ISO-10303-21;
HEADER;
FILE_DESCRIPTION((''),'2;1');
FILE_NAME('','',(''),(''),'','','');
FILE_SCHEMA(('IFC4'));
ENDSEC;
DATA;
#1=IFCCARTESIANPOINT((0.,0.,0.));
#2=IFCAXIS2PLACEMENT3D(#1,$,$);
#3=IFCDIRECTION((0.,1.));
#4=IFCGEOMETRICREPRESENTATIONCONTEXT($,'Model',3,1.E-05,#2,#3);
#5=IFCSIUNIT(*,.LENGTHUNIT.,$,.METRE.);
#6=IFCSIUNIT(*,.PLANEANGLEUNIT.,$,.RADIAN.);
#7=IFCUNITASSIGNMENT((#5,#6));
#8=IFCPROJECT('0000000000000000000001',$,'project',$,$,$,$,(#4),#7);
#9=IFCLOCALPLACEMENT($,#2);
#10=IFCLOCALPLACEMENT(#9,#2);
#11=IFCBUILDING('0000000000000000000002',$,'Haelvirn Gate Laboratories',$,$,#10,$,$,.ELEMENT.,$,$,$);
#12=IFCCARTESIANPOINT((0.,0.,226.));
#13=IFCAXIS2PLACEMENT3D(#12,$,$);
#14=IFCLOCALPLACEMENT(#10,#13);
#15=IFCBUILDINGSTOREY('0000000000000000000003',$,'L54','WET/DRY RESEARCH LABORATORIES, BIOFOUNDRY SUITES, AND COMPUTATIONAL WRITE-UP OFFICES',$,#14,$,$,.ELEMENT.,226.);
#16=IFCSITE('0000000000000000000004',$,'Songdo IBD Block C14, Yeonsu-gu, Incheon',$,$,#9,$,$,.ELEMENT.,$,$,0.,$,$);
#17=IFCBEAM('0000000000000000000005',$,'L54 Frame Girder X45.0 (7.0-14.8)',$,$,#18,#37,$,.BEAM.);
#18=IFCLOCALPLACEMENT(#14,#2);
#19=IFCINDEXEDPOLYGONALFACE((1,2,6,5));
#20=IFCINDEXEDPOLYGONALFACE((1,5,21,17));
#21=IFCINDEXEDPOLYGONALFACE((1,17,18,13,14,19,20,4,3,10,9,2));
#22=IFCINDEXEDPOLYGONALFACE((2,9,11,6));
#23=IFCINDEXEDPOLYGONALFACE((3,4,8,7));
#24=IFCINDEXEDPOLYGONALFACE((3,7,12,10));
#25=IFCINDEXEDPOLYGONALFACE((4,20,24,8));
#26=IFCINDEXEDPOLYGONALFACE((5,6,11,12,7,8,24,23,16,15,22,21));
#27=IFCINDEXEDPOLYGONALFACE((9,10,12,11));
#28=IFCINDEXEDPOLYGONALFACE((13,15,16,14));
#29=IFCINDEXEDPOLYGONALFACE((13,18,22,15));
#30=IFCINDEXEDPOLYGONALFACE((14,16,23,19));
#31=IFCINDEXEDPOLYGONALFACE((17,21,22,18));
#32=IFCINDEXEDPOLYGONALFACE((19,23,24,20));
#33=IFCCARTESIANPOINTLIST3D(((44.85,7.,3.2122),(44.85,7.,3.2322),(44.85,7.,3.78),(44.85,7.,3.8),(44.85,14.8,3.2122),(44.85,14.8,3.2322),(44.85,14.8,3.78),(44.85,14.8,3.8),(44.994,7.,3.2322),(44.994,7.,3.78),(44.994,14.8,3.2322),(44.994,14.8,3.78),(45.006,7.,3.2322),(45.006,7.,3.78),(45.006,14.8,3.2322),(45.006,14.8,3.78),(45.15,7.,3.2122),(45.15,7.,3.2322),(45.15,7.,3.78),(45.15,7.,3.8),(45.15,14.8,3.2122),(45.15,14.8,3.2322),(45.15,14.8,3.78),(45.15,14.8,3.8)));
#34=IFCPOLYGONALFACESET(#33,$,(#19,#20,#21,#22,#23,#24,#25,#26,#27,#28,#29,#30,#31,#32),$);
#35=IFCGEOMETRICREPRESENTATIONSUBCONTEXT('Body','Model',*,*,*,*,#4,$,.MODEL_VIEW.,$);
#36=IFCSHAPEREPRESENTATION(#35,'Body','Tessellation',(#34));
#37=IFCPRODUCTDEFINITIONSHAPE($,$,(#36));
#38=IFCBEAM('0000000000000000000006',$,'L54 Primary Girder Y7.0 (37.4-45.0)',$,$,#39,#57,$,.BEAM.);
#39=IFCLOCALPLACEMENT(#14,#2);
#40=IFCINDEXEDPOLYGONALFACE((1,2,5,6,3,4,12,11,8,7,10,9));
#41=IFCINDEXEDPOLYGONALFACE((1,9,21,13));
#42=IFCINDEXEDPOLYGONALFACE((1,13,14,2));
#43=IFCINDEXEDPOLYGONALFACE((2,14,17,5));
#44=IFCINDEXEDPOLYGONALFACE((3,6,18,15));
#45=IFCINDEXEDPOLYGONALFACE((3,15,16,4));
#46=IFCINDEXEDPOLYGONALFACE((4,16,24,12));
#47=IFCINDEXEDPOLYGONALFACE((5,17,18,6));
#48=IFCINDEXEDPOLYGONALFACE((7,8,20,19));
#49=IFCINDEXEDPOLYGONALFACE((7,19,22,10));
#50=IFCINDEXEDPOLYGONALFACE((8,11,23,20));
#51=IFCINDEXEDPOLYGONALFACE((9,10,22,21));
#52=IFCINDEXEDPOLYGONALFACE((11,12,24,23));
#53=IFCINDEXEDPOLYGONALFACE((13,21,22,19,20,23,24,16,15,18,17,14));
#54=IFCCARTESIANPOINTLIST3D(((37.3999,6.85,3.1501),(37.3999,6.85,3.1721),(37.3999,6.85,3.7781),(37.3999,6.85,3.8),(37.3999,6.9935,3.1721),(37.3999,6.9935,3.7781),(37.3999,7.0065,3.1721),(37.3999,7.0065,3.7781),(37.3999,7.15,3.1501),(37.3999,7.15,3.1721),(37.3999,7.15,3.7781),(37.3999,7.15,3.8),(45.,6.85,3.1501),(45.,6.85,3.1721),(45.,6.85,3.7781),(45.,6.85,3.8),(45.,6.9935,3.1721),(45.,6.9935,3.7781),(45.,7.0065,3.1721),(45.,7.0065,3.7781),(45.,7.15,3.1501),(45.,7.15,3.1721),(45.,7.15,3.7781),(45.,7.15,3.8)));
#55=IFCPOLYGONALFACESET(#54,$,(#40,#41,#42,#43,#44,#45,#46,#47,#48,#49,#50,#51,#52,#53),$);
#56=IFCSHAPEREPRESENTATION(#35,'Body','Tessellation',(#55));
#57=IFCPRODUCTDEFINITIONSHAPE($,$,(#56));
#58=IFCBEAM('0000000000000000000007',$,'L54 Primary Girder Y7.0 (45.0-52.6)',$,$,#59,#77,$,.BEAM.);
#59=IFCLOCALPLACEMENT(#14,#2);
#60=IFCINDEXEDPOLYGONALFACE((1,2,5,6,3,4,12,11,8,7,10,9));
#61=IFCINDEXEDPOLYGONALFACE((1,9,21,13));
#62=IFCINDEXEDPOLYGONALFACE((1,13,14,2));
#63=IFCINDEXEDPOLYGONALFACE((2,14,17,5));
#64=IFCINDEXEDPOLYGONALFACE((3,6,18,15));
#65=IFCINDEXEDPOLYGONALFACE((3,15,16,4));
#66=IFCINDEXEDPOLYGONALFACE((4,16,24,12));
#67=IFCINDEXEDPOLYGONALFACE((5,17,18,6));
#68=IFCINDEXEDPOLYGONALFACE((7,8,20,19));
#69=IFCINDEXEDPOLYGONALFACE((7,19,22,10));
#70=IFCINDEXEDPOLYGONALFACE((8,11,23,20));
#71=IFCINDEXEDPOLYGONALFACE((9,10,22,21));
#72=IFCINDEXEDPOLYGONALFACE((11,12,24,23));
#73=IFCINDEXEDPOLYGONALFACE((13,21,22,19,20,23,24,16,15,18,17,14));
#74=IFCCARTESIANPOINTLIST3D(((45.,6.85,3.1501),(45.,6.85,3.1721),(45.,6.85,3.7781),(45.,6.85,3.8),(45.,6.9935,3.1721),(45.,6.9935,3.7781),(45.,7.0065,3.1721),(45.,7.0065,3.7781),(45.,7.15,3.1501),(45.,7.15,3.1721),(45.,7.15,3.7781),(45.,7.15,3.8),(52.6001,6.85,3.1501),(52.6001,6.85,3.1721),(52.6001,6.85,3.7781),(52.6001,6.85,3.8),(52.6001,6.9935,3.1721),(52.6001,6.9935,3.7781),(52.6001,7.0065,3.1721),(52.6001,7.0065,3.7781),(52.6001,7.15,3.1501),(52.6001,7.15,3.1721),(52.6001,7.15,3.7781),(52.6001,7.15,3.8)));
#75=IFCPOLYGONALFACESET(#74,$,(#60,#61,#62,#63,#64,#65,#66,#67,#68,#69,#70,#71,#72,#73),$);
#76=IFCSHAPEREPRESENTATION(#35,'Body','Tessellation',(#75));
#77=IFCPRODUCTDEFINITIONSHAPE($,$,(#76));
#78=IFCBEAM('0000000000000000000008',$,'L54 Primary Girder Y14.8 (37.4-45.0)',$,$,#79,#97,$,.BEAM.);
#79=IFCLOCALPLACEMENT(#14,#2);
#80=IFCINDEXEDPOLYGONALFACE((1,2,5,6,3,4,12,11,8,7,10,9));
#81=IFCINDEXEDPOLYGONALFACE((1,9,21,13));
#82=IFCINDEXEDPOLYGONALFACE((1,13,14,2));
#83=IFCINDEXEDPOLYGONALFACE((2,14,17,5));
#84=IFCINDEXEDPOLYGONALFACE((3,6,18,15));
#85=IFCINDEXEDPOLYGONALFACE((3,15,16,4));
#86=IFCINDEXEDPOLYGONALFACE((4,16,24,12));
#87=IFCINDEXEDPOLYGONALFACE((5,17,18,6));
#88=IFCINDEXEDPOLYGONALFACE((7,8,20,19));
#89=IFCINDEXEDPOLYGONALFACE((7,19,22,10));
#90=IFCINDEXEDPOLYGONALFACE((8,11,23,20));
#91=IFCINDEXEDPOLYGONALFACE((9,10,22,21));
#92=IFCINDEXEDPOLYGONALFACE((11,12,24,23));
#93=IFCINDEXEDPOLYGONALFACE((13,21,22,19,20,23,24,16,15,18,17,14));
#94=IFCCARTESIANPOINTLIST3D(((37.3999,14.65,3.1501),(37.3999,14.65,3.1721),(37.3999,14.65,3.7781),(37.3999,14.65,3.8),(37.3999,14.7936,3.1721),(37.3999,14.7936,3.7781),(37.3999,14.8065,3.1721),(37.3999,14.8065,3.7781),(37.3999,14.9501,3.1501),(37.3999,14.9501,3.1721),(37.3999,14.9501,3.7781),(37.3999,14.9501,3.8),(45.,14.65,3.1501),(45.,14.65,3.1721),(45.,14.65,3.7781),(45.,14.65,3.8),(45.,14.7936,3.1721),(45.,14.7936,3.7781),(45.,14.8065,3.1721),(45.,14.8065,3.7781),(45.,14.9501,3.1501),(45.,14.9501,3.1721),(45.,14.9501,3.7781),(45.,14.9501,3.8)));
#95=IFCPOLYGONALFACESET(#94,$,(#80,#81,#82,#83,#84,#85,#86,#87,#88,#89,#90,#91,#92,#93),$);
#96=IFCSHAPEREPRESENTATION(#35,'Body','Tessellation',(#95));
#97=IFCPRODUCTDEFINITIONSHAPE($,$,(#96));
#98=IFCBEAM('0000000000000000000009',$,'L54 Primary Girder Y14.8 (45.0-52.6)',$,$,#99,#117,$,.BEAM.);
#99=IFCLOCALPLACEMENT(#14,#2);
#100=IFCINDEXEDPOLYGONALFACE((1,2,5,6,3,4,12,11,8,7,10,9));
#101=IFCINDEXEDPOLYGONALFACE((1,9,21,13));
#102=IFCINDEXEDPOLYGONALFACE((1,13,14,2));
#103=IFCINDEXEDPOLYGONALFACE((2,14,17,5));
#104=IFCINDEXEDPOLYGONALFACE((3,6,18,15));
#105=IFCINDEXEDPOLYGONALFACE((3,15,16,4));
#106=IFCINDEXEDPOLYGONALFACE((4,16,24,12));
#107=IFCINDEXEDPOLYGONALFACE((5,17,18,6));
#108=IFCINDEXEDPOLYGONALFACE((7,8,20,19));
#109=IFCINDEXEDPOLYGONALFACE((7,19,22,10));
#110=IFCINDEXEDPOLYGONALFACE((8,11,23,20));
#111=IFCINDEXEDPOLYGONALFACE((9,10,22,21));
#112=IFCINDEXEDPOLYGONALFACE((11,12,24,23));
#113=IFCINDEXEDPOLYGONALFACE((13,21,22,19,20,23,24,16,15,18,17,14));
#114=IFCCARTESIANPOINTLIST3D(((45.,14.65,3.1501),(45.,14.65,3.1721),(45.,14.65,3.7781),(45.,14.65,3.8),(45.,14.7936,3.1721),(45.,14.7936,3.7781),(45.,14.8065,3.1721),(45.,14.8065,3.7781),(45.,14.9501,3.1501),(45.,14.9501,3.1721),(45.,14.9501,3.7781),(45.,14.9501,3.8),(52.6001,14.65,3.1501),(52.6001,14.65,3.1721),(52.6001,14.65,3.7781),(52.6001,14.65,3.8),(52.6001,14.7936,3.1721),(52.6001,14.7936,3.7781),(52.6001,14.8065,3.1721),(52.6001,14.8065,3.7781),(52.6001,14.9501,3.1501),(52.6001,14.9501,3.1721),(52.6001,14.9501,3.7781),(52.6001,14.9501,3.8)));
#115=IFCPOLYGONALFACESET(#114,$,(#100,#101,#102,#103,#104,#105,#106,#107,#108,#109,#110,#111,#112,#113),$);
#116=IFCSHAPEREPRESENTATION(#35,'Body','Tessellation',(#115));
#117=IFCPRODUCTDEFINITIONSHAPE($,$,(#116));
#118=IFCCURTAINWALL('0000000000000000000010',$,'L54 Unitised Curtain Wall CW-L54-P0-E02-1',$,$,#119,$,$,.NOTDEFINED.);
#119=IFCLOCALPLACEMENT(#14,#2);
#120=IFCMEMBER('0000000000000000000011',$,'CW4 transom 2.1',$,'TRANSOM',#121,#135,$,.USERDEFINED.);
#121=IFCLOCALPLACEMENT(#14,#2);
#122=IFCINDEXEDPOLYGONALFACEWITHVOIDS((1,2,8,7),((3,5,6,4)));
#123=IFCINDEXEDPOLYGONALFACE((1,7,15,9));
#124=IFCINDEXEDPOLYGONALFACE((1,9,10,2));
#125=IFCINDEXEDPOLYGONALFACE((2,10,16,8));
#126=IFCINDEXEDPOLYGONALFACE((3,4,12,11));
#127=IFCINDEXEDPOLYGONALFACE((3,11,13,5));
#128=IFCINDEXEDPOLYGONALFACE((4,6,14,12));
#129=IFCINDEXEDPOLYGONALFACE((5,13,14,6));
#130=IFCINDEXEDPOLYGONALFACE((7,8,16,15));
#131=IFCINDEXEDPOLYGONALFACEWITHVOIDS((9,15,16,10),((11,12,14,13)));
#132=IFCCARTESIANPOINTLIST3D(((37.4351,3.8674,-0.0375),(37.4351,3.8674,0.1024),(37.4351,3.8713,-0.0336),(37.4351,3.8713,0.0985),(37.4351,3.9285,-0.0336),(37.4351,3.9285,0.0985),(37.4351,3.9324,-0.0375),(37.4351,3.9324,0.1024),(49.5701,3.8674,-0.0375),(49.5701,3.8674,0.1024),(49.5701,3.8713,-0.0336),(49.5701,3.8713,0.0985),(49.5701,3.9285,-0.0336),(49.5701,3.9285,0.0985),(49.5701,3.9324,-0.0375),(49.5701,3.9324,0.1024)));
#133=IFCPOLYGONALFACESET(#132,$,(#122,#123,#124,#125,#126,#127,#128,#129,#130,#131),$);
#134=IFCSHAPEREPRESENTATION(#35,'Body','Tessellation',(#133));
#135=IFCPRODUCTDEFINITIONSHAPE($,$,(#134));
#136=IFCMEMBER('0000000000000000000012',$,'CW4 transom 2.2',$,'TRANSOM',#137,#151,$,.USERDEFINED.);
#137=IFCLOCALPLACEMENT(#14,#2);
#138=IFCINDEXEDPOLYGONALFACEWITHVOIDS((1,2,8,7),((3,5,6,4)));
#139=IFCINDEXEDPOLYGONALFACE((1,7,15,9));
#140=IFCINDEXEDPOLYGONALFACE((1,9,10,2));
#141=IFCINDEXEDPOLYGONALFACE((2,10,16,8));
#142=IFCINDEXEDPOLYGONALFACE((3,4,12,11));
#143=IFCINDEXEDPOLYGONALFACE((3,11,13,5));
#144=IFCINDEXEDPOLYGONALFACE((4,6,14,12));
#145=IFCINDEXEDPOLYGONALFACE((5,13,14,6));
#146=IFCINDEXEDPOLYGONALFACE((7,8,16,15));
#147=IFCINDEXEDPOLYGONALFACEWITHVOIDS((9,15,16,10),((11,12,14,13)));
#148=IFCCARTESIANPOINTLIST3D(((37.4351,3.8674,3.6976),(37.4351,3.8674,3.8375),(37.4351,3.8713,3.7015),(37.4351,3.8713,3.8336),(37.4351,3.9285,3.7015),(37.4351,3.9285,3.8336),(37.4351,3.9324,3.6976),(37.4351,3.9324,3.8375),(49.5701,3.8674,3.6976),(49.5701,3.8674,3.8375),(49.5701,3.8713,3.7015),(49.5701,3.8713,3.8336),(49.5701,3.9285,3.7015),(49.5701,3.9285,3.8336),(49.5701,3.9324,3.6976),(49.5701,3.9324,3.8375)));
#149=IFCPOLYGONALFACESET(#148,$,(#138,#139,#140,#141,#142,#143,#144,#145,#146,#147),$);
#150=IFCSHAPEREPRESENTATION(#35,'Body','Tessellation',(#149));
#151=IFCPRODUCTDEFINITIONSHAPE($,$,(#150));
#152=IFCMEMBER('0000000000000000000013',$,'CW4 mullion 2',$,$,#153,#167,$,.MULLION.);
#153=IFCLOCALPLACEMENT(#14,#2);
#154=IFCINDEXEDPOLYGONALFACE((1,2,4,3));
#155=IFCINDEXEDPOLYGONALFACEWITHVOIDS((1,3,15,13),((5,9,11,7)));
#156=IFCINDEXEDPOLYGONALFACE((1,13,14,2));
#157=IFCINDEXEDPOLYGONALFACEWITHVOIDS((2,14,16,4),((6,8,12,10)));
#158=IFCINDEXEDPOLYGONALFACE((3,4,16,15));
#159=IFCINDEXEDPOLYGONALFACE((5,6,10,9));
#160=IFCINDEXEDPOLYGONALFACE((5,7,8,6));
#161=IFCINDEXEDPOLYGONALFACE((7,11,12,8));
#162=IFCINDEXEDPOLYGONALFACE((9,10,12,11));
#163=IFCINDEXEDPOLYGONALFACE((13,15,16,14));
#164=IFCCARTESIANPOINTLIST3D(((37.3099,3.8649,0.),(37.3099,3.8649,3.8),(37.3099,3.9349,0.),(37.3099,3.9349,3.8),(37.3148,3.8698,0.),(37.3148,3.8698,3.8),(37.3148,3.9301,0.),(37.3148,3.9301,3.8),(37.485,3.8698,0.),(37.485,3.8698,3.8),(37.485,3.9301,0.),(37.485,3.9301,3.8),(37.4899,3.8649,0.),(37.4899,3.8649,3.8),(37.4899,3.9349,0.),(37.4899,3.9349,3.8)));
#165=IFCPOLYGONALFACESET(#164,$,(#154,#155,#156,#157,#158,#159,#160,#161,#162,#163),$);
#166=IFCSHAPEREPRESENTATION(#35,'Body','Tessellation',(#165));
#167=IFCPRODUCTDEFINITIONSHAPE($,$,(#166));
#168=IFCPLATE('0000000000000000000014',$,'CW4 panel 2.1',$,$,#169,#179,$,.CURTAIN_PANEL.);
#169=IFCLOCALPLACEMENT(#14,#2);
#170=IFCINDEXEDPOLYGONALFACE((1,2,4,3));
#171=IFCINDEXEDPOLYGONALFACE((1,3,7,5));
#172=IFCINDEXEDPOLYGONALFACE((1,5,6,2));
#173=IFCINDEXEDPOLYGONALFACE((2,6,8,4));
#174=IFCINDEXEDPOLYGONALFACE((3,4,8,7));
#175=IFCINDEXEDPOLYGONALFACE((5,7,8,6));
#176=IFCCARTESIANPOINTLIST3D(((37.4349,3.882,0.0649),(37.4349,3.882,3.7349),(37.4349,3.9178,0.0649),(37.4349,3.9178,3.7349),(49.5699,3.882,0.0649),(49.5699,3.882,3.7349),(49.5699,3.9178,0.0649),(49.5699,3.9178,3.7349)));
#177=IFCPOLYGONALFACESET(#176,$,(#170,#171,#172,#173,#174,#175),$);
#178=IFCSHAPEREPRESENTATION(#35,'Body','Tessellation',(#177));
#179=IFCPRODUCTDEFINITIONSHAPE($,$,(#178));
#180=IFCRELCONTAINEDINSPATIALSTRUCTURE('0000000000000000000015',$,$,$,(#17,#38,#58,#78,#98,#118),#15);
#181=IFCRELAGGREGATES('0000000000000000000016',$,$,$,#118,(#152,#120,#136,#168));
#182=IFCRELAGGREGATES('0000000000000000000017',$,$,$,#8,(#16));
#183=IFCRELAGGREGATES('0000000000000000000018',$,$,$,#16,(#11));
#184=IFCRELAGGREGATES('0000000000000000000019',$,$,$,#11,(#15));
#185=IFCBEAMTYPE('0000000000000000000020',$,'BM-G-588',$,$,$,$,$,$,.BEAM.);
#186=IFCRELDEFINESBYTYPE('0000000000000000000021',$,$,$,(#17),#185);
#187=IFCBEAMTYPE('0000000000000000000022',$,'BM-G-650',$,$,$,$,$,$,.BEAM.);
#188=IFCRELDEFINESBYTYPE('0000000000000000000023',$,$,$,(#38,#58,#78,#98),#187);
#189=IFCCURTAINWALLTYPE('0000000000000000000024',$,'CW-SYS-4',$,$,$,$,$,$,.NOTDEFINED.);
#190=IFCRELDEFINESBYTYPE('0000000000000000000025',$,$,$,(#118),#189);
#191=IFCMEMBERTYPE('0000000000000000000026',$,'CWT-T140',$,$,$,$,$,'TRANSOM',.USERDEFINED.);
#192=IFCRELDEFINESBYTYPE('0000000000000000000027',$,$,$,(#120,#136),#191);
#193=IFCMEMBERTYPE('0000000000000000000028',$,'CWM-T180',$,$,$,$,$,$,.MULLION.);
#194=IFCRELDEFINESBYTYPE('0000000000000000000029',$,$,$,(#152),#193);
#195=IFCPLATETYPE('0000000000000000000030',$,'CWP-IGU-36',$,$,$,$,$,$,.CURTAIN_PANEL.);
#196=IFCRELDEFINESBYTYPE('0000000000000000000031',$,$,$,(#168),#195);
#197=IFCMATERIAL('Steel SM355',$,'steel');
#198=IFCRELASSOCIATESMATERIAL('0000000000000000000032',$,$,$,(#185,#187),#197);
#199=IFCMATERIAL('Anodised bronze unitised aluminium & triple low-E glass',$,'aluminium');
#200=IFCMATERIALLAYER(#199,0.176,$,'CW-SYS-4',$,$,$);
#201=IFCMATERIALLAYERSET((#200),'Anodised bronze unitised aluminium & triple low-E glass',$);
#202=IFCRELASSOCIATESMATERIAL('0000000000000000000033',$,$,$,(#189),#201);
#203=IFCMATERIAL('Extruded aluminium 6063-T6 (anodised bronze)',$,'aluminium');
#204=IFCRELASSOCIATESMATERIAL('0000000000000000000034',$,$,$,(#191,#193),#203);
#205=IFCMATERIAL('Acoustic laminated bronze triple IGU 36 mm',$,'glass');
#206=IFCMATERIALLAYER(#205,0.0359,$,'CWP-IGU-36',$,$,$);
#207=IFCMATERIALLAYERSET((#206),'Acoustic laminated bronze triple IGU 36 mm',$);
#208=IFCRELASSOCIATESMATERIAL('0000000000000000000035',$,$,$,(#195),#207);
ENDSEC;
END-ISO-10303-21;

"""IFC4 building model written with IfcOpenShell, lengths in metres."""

from ifc_helpers import new_model, si_unit, direction, frame, origin, origin_2d, place, context, subcontext, project, spatial, rectangle, hollow_rectangle, i_section, extrude, source, transform, mapped, material, layer, layer_set, material_profile, profile_set, type_object, type_shapes, element, aggregate, save


model = new_model("IFC4")

# Units and contexts
model_context = context("Model", 3, precision=1e-05, world=origin(), true_north=direction((0.0, 1.0)))
body_context = subcontext(model_context, "Body", "Model", "MODEL_VIEW")
ifc_project = project(units=[si_unit("LENGTHUNIT", "METRE"), si_unit("PLANEANGLEUNIT", "RADIAN")], contexts=[model_context])

# Site, building, storey
site_placement = place(None, origin())
site = spatial("IfcSite", under=ifc_project, at=site_placement, Name="Songdo IBD Block C14, Yeonsu-gu, Incheon", CompositionType="ELEMENT", RefElevation=0.0)
building_placement = place(site_placement, origin())
building = spatial("IfcBuilding", under=site, at=building_placement, Name="Haelvirn Gate Laboratories", CompositionType="ELEMENT")
storey_placement = place(building_placement, frame((0.0, 0.0, 226.0)))
storey = spatial("IfcBuildingStorey", under=building, at=storey_placement, Name="L54", Description="WET/DRY RESEARCH LABORATORIES, BIOFOUNDRY SUITES, AND COMPUTATIONAL WRITE-UP OFFICES", CompositionType="ELEMENT", Elevation=226.0)

# Shared definitions
ifc_material_1 = material(Name="Steel SM355", Category="steel")

# Beams
ifc_material_profile_1 = material_profile(ifc_material_1, i_section(OverallWidth=0.3, OverallDepth=0.5879, WebThickness=0.012, FlangeThickness=0.02, at=origin_2d()), Name="H-588x300x12x20")
ifc_profile_set_1 = profile_set([ifc_material_profile_1], Name="Steel SM355")
beam_type_1 = type_object("IfcBeamType", Name="BM-G-588", PredefinedType="BEAM", material=ifc_profile_set_1)
shared_shape_1 = source(origin(), body_context, "Body", "SweptSolid", [
    extrude(i_section(OverallWidth=0.3, OverallDepth=0.5879, WebThickness=0.012, FlangeThickness=0.02, at=origin_2d()), origin(), (0.0, 0.0, 1.0), 7.8),
])
type_shapes(beam_type_1, [shared_shape_1])
for number, where, z_axis, x_axis, name in (
    (1, (45.0, 7.0, 3.5061), (0.0, 1.0, 0.0), (-1.0, 0.0, 0.0), "L54 Frame Girder X45.0 (7.0-14.8)"),
):
    element("IfcBeam", number, at=place(storey_placement, frame(where, z_axis=z_axis, x_axis=x_axis)), inside=storey, type_object=beam_type_1, Name=name, PredefinedType="BEAM", context=body_context, shape_type="MappedRepresentation", body=[
        mapped(shared_shape_1, transform((0.0, 0.0, 0.0), scale=1.0)),
    ])
ifc_material_profile_2 = material_profile(ifc_material_1, i_section(OverallWidth=0.3, OverallDepth=0.6499, WebThickness=0.0129, FlangeThickness=0.022, at=origin_2d()), Name="H-650x300x13x22")
ifc_profile_set_2 = profile_set([ifc_material_profile_2], Name="Steel SM355")
beam_type_2 = type_object("IfcBeamType", Name="BM-G-650", PredefinedType="BEAM", material=ifc_profile_set_2)
shared_shape_2 = source(origin(), body_context, "Body", "SweptSolid", [
    extrude(i_section(OverallWidth=0.3, OverallDepth=0.6499, WebThickness=0.0129, FlangeThickness=0.022, at=origin_2d()), origin(), (0.0, 0.0, 1.0), 7.6001),
])
type_shapes(beam_type_2, [shared_shape_2])
for number, where, z_axis, x_axis, name in (
    (2, (37.3999, 7.0, 3.4751), (1.0, 0.0, 0.0), (0.0, 1.0, 0.0), "L54 Primary Girder Y7.0 (37.4-45.0)"),
    (3, (45.0, 7.0, 3.4751), (1.0, 0.0, 0.0), (0.0, 1.0, 0.0), "L54 Primary Girder Y7.0 (45.0-52.6)"),
    (4, (37.3999, 14.8, 3.4751), (1.0, 0.0, 0.0), (0.0, 1.0, 0.0), "L54 Primary Girder Y14.8 (37.4-45.0)"),
    (5, (45.0, 14.8, 3.4751), (1.0, 0.0, 0.0), (0.0, 1.0, 0.0), "L54 Primary Girder Y14.8 (45.0-52.6)"),
):
    element("IfcBeam", number, at=place(storey_placement, frame(where, z_axis=z_axis, x_axis=x_axis)), inside=storey, type_object=beam_type_2, Name=name, PredefinedType="BEAM", context=body_context, shape_type="MappedRepresentation", body=[
        mapped(shared_shape_2, transform((0.0, 0.0, 0.0), scale=1.0)),
    ])

# Curtain wall, members, plate
ifc_material_2 = material(Name="Anodised bronze unitised aluminium & triple low-E glass", Category="aluminium")
ifc_layer_1 = layer(ifc_material_2, 0.176, Name="CW-SYS-4")
ifc_layer_set_1 = layer_set([ifc_layer_1], Name="Anodised bronze unitised aluminium & triple low-E glass")
curtain_wall_type = type_object("IfcCurtainWallType", Name="CW-SYS-4", PredefinedType="NOTDEFINED", material=ifc_layer_set_1)
curtain_wall_placement = place(storey_placement, origin())
curtain_wall = element("IfcCurtainWall", 6, at=curtain_wall_placement, inside=storey, type_object=curtain_wall_type, Name="L54 Unitised Curtain Wall CW-L54-P0-E02-1", PredefinedType="NOTDEFINED")
ifc_material_3 = material(Name="Extruded aluminium 6063-T6 (anodised bronze)", Category="aluminium")
ifc_material_profile_3 = material_profile(ifc_material_3, hollow_rectangle(XDim=0.0649, YDim=0.1399, WallThickness=0.0039, at=origin_2d()), Name="CWT-140x65x4")
ifc_profile_set_3 = profile_set([ifc_material_profile_3], Name="Extruded aluminium 6063-T6 (anodised bronze)")
member_type_1 = type_object("IfcMemberType", Name="CWT-T140", ElementType="TRANSOM", PredefinedType="USERDEFINED", material=ifc_profile_set_3)
shared_shape_3 = source(origin(), body_context, "Body", "SweptSolid", [
    extrude(hollow_rectangle(XDim=0.0649, YDim=0.1399, WallThickness=0.0039, at=origin_2d()), origin(), (0.0, 0.0, 1.0), 12.135),
])
type_shapes(member_type_1, [shared_shape_3])
member_1_placement = place(storey_placement, frame((37.4351, 3.8999, 0.0325), z_axis=(1.0, 0.0, 0.0), x_axis=(0.0, 1.0, 0.0)))
member_1 = element("IfcMember", 7, at=member_1_placement, type_object=member_type_1, Name="CW4 transom 2.1", ObjectType="TRANSOM", PredefinedType="USERDEFINED", context=body_context, shape_type="MappedRepresentation", body=[
    mapped(shared_shape_3, transform((0.0, 0.0, 0.0), scale=1.0)),
])
member_2_placement = place(storey_placement, frame((37.4351, 3.8999, 3.7676), z_axis=(1.0, 0.0, 0.0), x_axis=(0.0, 1.0, 0.0)))
member_2 = element("IfcMember", 8, at=member_2_placement, type_object=member_type_1, Name="CW4 transom 2.2", ObjectType="TRANSOM", PredefinedType="USERDEFINED", context=body_context, shape_type="MappedRepresentation", body=[
    mapped(shared_shape_3, transform((0.0, 0.0, 0.0), scale=1.0)),
])
ifc_material_profile_4 = material_profile(ifc_material_3, hollow_rectangle(XDim=0.0701, YDim=0.1799, WallThickness=0.0049, at=origin_2d()), Name="CWM-180x70x5")
ifc_profile_set_4 = profile_set([ifc_material_profile_4], Name="Extruded aluminium 6063-T6 (anodised bronze)")
member_type_2 = type_object("IfcMemberType", Name="CWM-T180", PredefinedType="MULLION", material=ifc_profile_set_4)
shared_shape_4 = source(origin(), body_context, "Body", "SweptSolid", [
    extrude(hollow_rectangle(XDim=0.0701, YDim=0.1799, WallThickness=0.0049, at=origin_2d()), origin(), (0.0, 0.0, 1.0), 3.8),
])
type_shapes(member_type_2, [shared_shape_4])
member_3_placement = place(storey_placement, frame((37.3999, 3.8999, 0.0), z_axis=(0.0, 0.0, 1.0), x_axis=(0.0, 1.0, 0.0)))
member_3 = element("IfcMember", 9, at=member_3_placement, type_object=member_type_2, Name="CW4 mullion 2", PredefinedType="MULLION", context=body_context, shape_type="MappedRepresentation", body=[
    mapped(shared_shape_4, transform((0.0, 0.0, 0.0), scale=1.0)),
])
ifc_material_4 = material(Name="Acoustic laminated bronze triple IGU 36 mm", Category="glass")
ifc_layer_2 = layer(ifc_material_4, 0.0359, Name="CWP-IGU-36")
ifc_layer_set_2 = layer_set([ifc_layer_2], Name="Acoustic laminated bronze triple IGU 36 mm")
plate_type = type_object("IfcPlateType", Name="CWP-IGU-36", PredefinedType="CURTAIN_PANEL", material=ifc_layer_set_2)
shared_shape_5 = source(origin(), body_context, "Body", "SweptSolid", [
    extrude(rectangle(XDim=12.135, YDim=0.0359, at=origin_2d()), origin(), (0.0, 0.0, 1.0), 3.6699),
])
type_shapes(plate_type, [shared_shape_5])
plate_placement = place(storey_placement, frame((43.5024, 3.8999, 0.0649), z_axis=(0.0, 0.0, 1.0), x_axis=(1.0, 0.0, 0.0)))
plate = element("IfcPlate", 10, at=plate_placement, type_object=plate_type, Name="CW4 panel 2.1", PredefinedType="CURTAIN_PANEL", context=body_context, shape_type="MappedRepresentation", body=[
    mapped(shared_shape_5, transform((0.0, 0.0, 0.0), scale=1.0)),
])
aggregate(curtain_wall, [member_3, member_1, member_2, plate])

save(model, "model.ifc")
